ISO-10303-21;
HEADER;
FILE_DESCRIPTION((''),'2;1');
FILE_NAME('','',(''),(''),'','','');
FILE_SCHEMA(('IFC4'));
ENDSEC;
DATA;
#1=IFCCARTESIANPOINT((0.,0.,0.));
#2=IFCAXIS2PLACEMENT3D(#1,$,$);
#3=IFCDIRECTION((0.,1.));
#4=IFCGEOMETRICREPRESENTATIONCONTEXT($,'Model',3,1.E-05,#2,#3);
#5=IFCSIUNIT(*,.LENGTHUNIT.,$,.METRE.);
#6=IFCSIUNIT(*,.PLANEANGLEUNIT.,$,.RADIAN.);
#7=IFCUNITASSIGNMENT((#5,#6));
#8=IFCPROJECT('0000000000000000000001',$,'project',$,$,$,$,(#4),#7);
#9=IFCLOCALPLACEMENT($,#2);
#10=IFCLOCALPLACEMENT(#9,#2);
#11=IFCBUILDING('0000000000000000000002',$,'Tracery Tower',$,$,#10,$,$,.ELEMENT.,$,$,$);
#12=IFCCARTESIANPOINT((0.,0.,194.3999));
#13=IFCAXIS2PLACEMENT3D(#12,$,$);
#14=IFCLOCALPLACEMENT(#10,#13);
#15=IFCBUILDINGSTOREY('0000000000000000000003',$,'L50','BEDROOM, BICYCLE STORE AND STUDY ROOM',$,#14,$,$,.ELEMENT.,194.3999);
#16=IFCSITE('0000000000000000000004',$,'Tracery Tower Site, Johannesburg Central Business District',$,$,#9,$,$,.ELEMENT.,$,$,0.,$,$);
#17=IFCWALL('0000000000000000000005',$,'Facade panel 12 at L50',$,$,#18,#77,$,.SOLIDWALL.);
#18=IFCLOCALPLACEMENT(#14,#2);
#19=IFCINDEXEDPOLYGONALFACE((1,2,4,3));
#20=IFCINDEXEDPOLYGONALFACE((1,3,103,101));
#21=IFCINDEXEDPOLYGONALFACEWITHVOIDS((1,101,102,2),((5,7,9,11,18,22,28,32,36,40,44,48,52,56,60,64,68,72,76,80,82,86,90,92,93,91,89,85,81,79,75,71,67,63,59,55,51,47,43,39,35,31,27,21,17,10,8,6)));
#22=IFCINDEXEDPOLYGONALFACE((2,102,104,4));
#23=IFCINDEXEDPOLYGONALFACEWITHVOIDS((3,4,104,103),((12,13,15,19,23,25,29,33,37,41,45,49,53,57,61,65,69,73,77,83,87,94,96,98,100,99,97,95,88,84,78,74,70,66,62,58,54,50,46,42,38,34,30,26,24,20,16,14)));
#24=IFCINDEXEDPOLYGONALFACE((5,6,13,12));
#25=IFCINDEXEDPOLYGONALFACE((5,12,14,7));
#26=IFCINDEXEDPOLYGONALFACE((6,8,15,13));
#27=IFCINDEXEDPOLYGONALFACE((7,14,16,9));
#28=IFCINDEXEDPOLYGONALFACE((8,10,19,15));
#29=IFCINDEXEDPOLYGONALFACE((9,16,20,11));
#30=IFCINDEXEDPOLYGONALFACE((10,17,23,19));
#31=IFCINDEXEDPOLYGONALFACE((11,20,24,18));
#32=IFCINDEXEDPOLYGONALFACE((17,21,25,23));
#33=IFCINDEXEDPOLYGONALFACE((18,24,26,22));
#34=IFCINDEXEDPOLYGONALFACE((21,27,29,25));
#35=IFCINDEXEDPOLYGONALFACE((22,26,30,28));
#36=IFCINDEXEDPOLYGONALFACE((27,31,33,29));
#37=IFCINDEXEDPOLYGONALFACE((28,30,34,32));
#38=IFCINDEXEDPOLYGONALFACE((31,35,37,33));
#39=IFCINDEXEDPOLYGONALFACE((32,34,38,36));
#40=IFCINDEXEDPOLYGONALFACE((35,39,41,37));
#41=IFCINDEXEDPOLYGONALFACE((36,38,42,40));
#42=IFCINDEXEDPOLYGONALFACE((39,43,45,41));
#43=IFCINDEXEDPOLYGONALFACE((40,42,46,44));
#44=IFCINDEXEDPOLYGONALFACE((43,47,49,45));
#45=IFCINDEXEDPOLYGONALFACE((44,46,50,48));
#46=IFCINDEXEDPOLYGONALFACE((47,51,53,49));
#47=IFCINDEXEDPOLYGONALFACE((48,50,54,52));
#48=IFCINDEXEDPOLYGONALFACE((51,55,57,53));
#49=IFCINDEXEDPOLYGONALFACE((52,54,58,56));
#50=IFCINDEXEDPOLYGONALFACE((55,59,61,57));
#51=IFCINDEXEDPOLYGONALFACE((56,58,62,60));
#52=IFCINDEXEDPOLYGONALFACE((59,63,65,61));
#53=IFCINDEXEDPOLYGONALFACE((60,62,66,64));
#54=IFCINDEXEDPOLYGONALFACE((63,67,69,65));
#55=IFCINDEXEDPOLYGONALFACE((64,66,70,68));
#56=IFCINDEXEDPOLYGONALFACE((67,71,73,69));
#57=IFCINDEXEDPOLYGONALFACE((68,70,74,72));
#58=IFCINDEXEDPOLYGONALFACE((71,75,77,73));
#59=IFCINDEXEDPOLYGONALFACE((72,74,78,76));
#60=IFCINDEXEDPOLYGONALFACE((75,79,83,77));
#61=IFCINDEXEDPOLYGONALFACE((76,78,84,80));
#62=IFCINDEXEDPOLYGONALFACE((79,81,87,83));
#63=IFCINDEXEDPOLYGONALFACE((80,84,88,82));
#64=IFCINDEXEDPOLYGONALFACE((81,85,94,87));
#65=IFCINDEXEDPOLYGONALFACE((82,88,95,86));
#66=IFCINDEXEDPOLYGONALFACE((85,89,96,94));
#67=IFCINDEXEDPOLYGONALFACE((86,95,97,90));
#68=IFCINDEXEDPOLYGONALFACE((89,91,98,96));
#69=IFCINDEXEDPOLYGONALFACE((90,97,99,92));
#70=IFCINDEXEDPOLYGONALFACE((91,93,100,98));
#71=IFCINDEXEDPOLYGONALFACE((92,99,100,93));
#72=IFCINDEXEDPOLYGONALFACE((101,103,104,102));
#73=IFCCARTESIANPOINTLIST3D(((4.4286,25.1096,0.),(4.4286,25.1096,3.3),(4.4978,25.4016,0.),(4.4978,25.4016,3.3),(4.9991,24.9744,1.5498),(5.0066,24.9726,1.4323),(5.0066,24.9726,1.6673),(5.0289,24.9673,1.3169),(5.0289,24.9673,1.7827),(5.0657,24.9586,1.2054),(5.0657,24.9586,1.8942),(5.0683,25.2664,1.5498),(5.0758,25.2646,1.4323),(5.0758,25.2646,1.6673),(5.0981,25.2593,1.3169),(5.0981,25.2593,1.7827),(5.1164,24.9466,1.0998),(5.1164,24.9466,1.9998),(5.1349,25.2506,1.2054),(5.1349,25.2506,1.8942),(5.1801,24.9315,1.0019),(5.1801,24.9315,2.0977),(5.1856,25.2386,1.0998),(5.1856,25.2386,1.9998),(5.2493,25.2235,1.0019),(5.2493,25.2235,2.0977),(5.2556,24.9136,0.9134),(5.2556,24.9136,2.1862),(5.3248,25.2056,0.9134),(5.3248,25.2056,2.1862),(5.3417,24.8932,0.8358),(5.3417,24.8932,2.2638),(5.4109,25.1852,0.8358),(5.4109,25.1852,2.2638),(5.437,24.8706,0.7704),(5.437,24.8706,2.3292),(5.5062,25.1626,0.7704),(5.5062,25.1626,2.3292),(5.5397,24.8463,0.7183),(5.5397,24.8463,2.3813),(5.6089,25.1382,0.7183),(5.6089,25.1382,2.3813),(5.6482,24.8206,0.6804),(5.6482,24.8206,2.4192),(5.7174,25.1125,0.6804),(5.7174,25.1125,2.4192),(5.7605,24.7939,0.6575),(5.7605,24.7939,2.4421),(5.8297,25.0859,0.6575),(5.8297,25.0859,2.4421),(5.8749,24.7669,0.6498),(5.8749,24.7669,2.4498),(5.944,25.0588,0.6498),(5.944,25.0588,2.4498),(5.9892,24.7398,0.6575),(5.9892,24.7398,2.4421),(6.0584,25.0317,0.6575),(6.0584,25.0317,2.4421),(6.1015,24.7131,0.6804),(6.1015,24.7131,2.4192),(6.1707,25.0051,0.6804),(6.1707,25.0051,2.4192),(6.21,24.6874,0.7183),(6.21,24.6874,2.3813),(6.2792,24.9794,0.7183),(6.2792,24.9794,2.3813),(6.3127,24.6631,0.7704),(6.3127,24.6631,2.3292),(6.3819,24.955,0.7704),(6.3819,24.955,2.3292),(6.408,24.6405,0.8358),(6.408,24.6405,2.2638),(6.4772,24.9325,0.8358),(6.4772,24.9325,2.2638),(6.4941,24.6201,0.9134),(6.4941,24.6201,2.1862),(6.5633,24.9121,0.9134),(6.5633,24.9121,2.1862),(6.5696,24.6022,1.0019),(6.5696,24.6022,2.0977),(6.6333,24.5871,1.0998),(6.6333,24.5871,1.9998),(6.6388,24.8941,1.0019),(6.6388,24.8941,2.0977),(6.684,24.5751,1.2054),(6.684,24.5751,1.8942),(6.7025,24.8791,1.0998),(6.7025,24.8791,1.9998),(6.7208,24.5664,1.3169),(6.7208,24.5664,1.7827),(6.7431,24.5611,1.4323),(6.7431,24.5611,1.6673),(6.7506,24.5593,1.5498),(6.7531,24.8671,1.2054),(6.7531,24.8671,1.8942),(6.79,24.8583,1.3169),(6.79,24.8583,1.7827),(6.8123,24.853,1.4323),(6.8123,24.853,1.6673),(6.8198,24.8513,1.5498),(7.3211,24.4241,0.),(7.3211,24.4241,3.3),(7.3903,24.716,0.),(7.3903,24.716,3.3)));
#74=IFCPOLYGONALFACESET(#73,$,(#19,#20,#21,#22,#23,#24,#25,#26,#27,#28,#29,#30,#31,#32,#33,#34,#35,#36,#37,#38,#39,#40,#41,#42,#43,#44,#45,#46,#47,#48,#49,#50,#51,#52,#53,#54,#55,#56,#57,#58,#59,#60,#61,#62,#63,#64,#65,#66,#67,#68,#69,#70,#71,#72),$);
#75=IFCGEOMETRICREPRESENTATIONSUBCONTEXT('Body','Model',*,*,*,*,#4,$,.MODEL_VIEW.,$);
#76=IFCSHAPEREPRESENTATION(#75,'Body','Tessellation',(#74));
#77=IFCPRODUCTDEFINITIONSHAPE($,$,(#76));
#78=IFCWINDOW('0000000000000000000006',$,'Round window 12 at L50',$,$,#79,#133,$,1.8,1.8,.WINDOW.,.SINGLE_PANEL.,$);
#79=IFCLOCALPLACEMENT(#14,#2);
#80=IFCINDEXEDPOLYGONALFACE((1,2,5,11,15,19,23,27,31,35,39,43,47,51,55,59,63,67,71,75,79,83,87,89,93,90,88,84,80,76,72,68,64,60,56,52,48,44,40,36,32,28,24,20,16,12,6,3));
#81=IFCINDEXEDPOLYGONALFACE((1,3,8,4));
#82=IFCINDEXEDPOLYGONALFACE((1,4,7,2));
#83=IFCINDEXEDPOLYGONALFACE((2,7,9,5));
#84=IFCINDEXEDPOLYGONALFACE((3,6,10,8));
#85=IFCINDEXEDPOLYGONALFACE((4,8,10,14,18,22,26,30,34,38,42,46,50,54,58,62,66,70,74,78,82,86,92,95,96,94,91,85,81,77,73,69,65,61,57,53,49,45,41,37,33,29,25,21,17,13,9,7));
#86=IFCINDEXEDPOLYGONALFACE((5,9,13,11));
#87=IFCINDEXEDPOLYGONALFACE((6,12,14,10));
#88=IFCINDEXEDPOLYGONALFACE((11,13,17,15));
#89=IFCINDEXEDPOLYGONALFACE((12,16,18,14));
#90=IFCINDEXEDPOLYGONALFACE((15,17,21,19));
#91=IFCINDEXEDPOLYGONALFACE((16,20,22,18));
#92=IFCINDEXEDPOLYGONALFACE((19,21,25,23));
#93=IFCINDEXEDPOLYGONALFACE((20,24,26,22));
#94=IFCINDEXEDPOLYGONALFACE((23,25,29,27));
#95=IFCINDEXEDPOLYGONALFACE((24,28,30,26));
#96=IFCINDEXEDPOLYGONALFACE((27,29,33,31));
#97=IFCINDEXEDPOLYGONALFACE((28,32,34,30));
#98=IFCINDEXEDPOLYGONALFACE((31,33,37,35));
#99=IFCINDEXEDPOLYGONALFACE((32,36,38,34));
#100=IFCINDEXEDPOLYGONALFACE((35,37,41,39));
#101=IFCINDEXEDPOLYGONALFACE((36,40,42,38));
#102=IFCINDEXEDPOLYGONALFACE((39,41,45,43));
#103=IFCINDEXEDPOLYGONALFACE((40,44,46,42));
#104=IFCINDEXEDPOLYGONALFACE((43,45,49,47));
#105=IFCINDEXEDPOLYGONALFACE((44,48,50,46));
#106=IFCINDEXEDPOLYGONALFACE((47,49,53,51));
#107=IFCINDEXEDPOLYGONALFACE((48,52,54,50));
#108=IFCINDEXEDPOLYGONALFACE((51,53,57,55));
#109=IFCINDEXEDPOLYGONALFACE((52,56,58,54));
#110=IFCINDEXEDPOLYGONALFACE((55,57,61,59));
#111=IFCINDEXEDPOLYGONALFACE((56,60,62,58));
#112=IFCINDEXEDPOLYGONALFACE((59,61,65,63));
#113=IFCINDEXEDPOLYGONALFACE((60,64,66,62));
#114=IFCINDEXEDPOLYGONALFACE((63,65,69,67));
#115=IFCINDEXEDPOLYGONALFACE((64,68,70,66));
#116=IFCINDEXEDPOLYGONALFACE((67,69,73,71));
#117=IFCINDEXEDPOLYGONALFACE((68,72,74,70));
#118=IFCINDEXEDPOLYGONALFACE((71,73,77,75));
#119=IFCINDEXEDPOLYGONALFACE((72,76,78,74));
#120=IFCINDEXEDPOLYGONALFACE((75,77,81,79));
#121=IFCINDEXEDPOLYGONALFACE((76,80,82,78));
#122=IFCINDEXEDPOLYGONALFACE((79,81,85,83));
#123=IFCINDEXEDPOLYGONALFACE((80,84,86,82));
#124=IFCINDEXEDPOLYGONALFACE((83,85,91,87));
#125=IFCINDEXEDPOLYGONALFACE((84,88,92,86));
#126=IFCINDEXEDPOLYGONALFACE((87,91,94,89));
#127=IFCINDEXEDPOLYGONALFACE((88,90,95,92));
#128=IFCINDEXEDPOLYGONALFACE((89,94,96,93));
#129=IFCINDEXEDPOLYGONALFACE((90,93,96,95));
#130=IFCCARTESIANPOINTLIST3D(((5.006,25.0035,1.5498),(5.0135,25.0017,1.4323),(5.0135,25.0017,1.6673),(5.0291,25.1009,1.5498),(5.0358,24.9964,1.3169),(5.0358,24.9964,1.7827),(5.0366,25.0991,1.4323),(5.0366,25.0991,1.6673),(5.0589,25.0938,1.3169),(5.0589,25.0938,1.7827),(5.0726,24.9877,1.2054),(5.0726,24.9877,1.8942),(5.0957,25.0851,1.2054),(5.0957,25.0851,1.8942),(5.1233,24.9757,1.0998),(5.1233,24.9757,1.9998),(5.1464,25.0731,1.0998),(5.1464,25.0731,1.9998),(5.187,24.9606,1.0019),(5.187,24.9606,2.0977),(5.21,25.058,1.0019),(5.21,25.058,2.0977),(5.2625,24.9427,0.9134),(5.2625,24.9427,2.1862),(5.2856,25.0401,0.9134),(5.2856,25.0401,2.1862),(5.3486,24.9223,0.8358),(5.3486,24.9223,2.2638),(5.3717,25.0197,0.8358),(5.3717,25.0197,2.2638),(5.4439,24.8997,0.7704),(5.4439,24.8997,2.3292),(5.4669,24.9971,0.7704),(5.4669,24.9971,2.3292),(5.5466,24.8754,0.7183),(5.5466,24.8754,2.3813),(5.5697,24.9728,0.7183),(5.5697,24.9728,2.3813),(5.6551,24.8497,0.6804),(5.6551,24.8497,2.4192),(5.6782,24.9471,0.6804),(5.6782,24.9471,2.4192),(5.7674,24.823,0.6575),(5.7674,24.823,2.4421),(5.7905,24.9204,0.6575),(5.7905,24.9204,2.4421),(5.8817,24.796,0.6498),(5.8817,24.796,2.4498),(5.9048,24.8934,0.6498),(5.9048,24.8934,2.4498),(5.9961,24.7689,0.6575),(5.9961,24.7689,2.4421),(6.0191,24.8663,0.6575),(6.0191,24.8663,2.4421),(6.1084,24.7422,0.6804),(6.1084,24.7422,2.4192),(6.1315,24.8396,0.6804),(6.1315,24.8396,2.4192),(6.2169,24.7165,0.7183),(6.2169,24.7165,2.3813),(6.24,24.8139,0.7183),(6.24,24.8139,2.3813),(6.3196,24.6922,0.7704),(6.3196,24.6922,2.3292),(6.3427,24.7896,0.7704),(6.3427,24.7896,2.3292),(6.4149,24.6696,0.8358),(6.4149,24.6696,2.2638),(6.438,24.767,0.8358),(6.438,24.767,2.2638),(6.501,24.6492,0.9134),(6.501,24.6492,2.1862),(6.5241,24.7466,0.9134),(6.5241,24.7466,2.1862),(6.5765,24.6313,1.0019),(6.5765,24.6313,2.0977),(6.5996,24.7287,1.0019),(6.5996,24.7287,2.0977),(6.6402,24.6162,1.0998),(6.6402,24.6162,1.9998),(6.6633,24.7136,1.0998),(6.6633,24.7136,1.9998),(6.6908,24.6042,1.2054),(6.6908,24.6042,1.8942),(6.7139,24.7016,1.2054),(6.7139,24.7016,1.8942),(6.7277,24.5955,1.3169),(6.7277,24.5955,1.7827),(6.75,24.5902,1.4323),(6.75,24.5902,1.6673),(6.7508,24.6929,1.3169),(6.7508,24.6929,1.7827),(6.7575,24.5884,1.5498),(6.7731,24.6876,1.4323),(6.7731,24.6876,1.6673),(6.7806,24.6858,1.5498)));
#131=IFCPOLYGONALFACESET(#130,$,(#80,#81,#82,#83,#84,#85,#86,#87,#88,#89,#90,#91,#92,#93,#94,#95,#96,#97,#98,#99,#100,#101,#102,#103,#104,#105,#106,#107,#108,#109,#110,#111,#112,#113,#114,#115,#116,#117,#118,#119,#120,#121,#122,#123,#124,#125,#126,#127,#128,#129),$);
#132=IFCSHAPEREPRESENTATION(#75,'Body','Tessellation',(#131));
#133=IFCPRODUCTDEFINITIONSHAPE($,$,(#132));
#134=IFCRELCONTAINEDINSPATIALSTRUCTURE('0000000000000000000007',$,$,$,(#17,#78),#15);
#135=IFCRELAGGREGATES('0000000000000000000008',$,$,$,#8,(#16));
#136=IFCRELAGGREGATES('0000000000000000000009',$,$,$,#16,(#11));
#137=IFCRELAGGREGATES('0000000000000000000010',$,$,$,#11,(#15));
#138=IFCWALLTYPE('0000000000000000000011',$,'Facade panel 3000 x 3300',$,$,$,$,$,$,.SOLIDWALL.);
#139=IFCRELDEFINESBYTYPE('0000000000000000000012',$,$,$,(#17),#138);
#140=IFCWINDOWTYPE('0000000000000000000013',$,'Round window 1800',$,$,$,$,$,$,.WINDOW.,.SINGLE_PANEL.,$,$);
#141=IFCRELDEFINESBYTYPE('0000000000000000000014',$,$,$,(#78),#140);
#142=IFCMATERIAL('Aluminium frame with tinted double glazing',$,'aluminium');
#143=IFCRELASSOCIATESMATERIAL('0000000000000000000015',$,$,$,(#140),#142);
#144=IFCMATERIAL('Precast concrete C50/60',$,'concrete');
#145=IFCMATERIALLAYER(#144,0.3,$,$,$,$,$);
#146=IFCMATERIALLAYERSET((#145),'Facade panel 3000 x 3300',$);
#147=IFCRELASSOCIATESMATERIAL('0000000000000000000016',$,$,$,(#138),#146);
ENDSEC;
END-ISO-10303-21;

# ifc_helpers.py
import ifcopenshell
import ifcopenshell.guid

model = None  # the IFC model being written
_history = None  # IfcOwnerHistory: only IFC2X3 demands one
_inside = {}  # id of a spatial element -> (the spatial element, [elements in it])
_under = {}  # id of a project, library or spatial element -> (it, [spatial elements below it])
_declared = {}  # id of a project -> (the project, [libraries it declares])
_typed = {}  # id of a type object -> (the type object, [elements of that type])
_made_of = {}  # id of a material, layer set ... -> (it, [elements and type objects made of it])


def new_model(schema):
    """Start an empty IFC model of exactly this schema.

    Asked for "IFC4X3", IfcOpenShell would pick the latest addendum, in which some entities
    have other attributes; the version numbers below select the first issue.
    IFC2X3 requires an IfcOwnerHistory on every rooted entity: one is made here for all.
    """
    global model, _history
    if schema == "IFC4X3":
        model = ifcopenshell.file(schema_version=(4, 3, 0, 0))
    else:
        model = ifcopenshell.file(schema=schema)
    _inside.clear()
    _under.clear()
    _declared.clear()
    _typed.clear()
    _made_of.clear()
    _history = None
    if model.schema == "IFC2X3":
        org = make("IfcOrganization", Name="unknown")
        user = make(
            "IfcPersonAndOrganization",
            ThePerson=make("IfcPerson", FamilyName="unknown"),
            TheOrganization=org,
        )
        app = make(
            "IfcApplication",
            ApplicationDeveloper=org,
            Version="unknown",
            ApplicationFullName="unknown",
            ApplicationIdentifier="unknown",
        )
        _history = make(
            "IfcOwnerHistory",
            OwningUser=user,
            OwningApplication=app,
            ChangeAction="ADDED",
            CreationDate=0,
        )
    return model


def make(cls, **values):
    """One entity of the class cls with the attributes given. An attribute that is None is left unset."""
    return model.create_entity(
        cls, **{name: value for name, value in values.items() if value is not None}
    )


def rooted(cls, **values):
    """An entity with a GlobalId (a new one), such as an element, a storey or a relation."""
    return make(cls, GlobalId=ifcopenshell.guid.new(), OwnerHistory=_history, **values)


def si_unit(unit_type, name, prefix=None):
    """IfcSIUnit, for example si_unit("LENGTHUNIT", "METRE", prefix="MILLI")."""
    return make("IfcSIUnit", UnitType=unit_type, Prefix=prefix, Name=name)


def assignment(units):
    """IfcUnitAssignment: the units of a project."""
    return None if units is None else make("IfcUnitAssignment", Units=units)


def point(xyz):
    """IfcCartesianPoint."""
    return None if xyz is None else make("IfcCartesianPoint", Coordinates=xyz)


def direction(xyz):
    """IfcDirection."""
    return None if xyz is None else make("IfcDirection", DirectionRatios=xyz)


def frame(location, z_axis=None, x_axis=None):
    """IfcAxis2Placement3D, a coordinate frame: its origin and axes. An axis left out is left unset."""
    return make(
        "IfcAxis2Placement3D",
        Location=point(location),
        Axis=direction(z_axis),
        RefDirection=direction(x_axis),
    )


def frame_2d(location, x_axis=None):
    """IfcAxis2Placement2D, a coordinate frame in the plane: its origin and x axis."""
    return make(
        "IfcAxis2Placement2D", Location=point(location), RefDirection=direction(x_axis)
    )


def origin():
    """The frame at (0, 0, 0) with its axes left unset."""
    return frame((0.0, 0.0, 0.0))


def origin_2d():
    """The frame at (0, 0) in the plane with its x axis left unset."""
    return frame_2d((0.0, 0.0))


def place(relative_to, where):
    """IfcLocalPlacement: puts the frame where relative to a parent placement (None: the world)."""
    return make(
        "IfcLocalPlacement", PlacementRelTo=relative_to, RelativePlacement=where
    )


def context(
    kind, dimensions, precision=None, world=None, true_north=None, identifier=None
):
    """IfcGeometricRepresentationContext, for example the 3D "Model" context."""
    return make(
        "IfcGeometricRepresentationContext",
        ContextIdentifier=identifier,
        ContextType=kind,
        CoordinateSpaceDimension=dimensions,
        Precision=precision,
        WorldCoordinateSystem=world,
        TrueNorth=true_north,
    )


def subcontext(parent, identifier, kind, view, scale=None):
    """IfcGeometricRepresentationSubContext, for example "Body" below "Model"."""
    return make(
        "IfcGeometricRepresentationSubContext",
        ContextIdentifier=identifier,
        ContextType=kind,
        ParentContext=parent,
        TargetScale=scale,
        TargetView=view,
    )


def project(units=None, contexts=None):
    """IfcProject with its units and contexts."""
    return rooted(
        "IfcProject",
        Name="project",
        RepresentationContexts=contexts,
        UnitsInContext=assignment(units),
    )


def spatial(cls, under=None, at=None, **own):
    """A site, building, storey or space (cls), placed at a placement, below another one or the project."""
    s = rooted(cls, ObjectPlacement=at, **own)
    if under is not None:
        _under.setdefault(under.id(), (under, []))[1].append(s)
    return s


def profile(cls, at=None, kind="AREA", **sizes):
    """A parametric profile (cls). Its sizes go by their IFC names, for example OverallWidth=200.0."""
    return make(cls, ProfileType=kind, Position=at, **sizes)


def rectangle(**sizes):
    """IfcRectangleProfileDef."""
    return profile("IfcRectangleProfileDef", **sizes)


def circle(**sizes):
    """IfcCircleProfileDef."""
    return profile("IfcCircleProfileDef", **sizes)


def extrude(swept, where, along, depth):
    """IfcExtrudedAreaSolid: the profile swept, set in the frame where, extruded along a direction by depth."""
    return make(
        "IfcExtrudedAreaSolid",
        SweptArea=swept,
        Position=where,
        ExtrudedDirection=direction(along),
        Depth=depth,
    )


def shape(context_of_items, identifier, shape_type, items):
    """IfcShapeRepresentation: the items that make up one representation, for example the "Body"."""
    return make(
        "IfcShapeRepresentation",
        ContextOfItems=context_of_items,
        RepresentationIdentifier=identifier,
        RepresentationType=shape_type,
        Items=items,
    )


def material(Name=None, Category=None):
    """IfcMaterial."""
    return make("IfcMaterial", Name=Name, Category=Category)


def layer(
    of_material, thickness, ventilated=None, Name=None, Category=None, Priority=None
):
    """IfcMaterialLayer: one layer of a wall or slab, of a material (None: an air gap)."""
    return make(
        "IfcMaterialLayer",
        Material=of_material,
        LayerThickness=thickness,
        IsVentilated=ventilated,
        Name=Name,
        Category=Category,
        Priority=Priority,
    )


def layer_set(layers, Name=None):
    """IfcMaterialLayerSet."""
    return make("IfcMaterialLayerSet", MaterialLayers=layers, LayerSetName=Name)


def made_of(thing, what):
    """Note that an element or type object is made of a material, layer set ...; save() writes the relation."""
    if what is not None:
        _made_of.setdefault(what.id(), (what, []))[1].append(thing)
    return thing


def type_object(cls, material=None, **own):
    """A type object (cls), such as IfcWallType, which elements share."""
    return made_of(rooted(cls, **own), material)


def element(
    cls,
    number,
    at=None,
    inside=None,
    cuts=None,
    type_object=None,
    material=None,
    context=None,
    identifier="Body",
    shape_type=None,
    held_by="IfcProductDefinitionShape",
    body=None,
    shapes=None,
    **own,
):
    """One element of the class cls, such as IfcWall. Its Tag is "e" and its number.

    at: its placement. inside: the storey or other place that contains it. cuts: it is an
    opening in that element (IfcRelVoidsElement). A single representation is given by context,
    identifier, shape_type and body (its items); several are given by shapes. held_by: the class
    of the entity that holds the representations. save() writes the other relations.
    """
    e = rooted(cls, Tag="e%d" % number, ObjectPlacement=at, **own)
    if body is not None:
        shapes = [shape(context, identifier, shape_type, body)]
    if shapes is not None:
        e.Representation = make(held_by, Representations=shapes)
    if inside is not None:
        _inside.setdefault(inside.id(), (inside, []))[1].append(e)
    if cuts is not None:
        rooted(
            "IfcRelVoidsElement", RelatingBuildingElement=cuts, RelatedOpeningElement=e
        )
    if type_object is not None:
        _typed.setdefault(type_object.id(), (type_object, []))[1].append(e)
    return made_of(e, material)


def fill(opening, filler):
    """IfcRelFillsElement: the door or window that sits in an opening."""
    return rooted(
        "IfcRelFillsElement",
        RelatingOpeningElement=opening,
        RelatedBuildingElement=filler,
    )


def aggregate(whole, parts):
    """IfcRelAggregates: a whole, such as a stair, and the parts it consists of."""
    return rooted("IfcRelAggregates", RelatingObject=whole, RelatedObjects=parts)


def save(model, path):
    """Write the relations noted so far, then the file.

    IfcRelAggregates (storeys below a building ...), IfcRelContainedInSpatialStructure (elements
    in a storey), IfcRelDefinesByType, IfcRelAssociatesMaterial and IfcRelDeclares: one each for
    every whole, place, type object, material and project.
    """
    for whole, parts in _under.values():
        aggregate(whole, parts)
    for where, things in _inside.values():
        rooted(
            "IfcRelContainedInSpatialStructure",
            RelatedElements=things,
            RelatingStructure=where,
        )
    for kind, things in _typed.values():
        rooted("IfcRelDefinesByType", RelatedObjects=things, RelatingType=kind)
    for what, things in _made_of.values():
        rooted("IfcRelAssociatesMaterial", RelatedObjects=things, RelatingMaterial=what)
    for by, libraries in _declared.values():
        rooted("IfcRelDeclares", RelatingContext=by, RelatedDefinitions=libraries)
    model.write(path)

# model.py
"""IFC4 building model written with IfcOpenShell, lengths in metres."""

from ifc_helpers import new_model, si_unit, direction, frame, frame_2d, origin, origin_2d, place, context, subcontext, project, spatial, rectangle, circle, extrude, material, layer, layer_set, type_object, element, fill, save


model = new_model("IFC4")

# Units and contexts
model_context = context("Model", 3, precision=1e-05, world=origin(), true_north=direction((0.0, 1.0)))
body_context = subcontext(model_context, "Body", "Model", "MODEL_VIEW")
ifc_project = project(units=[si_unit("LENGTHUNIT", "METRE"), si_unit("PLANEANGLEUNIT", "RADIAN")], contexts=[model_context])

# Site, building, storey
site_placement = place(None, origin())
site = spatial("IfcSite", under=ifc_project, at=site_placement, Name="Tracery Tower Site, Johannesburg Central Business District", CompositionType="ELEMENT", RefElevation=0.0)
building_placement = place(site_placement, origin())
building = spatial("IfcBuilding", under=site, at=building_placement, Name="Tracery Tower", CompositionType="ELEMENT")
storey_placement = place(building_placement, frame((0.0, 0.0, 194.3999)))
storey = spatial("IfcBuildingStorey", under=building, at=storey_placement, Name="L50", Description="BEDROOM, BICYCLE STORE AND STUDY ROOM", CompositionType="ELEMENT", Elevation=194.3999)

# Wall, opening, window
ifc_material_1 = material(Name="Aluminium frame with tinted double glazing", Category="aluminium")
window_type = type_object("IfcWindowType", Name="Round window 1800", PartitioningType="SINGLE_PANEL", PredefinedType="WINDOW", material=ifc_material_1)
ifc_material_2 = material(Name="Precast concrete C50/60", Category="concrete")
ifc_layer_1 = layer(ifc_material_2, 0.3)
ifc_layer_set_1 = layer_set([ifc_layer_1], Name="Facade panel 3000 x 3300")
wall_type_1 = type_object("IfcWallType", Name="Facade panel 3000 x 3300", PredefinedType="SOLIDWALL", material=ifc_layer_set_1)
wall_1_placement = place(storey_placement, frame((7.3557, 24.5701, 0.0), z_axis=(0.0, 0.0, 1.0), x_axis=(-0.973045, 0.230614, 0.0)))
wall_1 = element("IfcWall", 1, at=wall_1_placement, inside=storey, type_object=wall_type_1, Name="Facade panel 12 at L50", PredefinedType="SOLIDWALL", context=body_context, shape_type="SweptSolid", body=[
    extrude(rectangle(XDim=2.9727, YDim=0.3, at=frame_2d((1.4863, 0.0))), origin(), (0.0, 0.0, 1.0), 3.3),
])
opening_1_placement = place(wall_1_placement, frame((1.4863, 0.0, 1.5498)))
opening_1 = element("IfcOpeningElement", 2, at=opening_1_placement, cuts=wall_1, PredefinedType="OPENING", context=body_context, shape_type="SweptSolid", body=[
    extrude(circle(Radius=0.9, at=origin_2d()), frame((0.0, 0.1599, 0.0), z_axis=(0.0, -1.0, 0.0), x_axis=(1.0, 0.0, 0.0)), (0.0, 0.0, 1.0), 0.3201),
])
window_1_placement = place(opening_1_placement, origin())
window_1 = element("IfcWindow", 3, at=window_1_placement, inside=storey, type_object=window_type, Name="Round window 12 at L50", OverallHeight=1.8, OverallWidth=1.8, PartitioningType="SINGLE_PANEL", PredefinedType="WINDOW", context=body_context, shape_type="SweptSolid", body=[
    extrude(circle(Radius=0.9, at=origin_2d()), frame((0.0, 0.1201, 0.0), z_axis=(0.0, -1.0, 0.0), x_axis=(1.0, 0.0, 0.0)), (0.0, 0.0, 1.0), 0.1001),
])
fill(opening_1, window_1)

save(model, "model.ifc")
